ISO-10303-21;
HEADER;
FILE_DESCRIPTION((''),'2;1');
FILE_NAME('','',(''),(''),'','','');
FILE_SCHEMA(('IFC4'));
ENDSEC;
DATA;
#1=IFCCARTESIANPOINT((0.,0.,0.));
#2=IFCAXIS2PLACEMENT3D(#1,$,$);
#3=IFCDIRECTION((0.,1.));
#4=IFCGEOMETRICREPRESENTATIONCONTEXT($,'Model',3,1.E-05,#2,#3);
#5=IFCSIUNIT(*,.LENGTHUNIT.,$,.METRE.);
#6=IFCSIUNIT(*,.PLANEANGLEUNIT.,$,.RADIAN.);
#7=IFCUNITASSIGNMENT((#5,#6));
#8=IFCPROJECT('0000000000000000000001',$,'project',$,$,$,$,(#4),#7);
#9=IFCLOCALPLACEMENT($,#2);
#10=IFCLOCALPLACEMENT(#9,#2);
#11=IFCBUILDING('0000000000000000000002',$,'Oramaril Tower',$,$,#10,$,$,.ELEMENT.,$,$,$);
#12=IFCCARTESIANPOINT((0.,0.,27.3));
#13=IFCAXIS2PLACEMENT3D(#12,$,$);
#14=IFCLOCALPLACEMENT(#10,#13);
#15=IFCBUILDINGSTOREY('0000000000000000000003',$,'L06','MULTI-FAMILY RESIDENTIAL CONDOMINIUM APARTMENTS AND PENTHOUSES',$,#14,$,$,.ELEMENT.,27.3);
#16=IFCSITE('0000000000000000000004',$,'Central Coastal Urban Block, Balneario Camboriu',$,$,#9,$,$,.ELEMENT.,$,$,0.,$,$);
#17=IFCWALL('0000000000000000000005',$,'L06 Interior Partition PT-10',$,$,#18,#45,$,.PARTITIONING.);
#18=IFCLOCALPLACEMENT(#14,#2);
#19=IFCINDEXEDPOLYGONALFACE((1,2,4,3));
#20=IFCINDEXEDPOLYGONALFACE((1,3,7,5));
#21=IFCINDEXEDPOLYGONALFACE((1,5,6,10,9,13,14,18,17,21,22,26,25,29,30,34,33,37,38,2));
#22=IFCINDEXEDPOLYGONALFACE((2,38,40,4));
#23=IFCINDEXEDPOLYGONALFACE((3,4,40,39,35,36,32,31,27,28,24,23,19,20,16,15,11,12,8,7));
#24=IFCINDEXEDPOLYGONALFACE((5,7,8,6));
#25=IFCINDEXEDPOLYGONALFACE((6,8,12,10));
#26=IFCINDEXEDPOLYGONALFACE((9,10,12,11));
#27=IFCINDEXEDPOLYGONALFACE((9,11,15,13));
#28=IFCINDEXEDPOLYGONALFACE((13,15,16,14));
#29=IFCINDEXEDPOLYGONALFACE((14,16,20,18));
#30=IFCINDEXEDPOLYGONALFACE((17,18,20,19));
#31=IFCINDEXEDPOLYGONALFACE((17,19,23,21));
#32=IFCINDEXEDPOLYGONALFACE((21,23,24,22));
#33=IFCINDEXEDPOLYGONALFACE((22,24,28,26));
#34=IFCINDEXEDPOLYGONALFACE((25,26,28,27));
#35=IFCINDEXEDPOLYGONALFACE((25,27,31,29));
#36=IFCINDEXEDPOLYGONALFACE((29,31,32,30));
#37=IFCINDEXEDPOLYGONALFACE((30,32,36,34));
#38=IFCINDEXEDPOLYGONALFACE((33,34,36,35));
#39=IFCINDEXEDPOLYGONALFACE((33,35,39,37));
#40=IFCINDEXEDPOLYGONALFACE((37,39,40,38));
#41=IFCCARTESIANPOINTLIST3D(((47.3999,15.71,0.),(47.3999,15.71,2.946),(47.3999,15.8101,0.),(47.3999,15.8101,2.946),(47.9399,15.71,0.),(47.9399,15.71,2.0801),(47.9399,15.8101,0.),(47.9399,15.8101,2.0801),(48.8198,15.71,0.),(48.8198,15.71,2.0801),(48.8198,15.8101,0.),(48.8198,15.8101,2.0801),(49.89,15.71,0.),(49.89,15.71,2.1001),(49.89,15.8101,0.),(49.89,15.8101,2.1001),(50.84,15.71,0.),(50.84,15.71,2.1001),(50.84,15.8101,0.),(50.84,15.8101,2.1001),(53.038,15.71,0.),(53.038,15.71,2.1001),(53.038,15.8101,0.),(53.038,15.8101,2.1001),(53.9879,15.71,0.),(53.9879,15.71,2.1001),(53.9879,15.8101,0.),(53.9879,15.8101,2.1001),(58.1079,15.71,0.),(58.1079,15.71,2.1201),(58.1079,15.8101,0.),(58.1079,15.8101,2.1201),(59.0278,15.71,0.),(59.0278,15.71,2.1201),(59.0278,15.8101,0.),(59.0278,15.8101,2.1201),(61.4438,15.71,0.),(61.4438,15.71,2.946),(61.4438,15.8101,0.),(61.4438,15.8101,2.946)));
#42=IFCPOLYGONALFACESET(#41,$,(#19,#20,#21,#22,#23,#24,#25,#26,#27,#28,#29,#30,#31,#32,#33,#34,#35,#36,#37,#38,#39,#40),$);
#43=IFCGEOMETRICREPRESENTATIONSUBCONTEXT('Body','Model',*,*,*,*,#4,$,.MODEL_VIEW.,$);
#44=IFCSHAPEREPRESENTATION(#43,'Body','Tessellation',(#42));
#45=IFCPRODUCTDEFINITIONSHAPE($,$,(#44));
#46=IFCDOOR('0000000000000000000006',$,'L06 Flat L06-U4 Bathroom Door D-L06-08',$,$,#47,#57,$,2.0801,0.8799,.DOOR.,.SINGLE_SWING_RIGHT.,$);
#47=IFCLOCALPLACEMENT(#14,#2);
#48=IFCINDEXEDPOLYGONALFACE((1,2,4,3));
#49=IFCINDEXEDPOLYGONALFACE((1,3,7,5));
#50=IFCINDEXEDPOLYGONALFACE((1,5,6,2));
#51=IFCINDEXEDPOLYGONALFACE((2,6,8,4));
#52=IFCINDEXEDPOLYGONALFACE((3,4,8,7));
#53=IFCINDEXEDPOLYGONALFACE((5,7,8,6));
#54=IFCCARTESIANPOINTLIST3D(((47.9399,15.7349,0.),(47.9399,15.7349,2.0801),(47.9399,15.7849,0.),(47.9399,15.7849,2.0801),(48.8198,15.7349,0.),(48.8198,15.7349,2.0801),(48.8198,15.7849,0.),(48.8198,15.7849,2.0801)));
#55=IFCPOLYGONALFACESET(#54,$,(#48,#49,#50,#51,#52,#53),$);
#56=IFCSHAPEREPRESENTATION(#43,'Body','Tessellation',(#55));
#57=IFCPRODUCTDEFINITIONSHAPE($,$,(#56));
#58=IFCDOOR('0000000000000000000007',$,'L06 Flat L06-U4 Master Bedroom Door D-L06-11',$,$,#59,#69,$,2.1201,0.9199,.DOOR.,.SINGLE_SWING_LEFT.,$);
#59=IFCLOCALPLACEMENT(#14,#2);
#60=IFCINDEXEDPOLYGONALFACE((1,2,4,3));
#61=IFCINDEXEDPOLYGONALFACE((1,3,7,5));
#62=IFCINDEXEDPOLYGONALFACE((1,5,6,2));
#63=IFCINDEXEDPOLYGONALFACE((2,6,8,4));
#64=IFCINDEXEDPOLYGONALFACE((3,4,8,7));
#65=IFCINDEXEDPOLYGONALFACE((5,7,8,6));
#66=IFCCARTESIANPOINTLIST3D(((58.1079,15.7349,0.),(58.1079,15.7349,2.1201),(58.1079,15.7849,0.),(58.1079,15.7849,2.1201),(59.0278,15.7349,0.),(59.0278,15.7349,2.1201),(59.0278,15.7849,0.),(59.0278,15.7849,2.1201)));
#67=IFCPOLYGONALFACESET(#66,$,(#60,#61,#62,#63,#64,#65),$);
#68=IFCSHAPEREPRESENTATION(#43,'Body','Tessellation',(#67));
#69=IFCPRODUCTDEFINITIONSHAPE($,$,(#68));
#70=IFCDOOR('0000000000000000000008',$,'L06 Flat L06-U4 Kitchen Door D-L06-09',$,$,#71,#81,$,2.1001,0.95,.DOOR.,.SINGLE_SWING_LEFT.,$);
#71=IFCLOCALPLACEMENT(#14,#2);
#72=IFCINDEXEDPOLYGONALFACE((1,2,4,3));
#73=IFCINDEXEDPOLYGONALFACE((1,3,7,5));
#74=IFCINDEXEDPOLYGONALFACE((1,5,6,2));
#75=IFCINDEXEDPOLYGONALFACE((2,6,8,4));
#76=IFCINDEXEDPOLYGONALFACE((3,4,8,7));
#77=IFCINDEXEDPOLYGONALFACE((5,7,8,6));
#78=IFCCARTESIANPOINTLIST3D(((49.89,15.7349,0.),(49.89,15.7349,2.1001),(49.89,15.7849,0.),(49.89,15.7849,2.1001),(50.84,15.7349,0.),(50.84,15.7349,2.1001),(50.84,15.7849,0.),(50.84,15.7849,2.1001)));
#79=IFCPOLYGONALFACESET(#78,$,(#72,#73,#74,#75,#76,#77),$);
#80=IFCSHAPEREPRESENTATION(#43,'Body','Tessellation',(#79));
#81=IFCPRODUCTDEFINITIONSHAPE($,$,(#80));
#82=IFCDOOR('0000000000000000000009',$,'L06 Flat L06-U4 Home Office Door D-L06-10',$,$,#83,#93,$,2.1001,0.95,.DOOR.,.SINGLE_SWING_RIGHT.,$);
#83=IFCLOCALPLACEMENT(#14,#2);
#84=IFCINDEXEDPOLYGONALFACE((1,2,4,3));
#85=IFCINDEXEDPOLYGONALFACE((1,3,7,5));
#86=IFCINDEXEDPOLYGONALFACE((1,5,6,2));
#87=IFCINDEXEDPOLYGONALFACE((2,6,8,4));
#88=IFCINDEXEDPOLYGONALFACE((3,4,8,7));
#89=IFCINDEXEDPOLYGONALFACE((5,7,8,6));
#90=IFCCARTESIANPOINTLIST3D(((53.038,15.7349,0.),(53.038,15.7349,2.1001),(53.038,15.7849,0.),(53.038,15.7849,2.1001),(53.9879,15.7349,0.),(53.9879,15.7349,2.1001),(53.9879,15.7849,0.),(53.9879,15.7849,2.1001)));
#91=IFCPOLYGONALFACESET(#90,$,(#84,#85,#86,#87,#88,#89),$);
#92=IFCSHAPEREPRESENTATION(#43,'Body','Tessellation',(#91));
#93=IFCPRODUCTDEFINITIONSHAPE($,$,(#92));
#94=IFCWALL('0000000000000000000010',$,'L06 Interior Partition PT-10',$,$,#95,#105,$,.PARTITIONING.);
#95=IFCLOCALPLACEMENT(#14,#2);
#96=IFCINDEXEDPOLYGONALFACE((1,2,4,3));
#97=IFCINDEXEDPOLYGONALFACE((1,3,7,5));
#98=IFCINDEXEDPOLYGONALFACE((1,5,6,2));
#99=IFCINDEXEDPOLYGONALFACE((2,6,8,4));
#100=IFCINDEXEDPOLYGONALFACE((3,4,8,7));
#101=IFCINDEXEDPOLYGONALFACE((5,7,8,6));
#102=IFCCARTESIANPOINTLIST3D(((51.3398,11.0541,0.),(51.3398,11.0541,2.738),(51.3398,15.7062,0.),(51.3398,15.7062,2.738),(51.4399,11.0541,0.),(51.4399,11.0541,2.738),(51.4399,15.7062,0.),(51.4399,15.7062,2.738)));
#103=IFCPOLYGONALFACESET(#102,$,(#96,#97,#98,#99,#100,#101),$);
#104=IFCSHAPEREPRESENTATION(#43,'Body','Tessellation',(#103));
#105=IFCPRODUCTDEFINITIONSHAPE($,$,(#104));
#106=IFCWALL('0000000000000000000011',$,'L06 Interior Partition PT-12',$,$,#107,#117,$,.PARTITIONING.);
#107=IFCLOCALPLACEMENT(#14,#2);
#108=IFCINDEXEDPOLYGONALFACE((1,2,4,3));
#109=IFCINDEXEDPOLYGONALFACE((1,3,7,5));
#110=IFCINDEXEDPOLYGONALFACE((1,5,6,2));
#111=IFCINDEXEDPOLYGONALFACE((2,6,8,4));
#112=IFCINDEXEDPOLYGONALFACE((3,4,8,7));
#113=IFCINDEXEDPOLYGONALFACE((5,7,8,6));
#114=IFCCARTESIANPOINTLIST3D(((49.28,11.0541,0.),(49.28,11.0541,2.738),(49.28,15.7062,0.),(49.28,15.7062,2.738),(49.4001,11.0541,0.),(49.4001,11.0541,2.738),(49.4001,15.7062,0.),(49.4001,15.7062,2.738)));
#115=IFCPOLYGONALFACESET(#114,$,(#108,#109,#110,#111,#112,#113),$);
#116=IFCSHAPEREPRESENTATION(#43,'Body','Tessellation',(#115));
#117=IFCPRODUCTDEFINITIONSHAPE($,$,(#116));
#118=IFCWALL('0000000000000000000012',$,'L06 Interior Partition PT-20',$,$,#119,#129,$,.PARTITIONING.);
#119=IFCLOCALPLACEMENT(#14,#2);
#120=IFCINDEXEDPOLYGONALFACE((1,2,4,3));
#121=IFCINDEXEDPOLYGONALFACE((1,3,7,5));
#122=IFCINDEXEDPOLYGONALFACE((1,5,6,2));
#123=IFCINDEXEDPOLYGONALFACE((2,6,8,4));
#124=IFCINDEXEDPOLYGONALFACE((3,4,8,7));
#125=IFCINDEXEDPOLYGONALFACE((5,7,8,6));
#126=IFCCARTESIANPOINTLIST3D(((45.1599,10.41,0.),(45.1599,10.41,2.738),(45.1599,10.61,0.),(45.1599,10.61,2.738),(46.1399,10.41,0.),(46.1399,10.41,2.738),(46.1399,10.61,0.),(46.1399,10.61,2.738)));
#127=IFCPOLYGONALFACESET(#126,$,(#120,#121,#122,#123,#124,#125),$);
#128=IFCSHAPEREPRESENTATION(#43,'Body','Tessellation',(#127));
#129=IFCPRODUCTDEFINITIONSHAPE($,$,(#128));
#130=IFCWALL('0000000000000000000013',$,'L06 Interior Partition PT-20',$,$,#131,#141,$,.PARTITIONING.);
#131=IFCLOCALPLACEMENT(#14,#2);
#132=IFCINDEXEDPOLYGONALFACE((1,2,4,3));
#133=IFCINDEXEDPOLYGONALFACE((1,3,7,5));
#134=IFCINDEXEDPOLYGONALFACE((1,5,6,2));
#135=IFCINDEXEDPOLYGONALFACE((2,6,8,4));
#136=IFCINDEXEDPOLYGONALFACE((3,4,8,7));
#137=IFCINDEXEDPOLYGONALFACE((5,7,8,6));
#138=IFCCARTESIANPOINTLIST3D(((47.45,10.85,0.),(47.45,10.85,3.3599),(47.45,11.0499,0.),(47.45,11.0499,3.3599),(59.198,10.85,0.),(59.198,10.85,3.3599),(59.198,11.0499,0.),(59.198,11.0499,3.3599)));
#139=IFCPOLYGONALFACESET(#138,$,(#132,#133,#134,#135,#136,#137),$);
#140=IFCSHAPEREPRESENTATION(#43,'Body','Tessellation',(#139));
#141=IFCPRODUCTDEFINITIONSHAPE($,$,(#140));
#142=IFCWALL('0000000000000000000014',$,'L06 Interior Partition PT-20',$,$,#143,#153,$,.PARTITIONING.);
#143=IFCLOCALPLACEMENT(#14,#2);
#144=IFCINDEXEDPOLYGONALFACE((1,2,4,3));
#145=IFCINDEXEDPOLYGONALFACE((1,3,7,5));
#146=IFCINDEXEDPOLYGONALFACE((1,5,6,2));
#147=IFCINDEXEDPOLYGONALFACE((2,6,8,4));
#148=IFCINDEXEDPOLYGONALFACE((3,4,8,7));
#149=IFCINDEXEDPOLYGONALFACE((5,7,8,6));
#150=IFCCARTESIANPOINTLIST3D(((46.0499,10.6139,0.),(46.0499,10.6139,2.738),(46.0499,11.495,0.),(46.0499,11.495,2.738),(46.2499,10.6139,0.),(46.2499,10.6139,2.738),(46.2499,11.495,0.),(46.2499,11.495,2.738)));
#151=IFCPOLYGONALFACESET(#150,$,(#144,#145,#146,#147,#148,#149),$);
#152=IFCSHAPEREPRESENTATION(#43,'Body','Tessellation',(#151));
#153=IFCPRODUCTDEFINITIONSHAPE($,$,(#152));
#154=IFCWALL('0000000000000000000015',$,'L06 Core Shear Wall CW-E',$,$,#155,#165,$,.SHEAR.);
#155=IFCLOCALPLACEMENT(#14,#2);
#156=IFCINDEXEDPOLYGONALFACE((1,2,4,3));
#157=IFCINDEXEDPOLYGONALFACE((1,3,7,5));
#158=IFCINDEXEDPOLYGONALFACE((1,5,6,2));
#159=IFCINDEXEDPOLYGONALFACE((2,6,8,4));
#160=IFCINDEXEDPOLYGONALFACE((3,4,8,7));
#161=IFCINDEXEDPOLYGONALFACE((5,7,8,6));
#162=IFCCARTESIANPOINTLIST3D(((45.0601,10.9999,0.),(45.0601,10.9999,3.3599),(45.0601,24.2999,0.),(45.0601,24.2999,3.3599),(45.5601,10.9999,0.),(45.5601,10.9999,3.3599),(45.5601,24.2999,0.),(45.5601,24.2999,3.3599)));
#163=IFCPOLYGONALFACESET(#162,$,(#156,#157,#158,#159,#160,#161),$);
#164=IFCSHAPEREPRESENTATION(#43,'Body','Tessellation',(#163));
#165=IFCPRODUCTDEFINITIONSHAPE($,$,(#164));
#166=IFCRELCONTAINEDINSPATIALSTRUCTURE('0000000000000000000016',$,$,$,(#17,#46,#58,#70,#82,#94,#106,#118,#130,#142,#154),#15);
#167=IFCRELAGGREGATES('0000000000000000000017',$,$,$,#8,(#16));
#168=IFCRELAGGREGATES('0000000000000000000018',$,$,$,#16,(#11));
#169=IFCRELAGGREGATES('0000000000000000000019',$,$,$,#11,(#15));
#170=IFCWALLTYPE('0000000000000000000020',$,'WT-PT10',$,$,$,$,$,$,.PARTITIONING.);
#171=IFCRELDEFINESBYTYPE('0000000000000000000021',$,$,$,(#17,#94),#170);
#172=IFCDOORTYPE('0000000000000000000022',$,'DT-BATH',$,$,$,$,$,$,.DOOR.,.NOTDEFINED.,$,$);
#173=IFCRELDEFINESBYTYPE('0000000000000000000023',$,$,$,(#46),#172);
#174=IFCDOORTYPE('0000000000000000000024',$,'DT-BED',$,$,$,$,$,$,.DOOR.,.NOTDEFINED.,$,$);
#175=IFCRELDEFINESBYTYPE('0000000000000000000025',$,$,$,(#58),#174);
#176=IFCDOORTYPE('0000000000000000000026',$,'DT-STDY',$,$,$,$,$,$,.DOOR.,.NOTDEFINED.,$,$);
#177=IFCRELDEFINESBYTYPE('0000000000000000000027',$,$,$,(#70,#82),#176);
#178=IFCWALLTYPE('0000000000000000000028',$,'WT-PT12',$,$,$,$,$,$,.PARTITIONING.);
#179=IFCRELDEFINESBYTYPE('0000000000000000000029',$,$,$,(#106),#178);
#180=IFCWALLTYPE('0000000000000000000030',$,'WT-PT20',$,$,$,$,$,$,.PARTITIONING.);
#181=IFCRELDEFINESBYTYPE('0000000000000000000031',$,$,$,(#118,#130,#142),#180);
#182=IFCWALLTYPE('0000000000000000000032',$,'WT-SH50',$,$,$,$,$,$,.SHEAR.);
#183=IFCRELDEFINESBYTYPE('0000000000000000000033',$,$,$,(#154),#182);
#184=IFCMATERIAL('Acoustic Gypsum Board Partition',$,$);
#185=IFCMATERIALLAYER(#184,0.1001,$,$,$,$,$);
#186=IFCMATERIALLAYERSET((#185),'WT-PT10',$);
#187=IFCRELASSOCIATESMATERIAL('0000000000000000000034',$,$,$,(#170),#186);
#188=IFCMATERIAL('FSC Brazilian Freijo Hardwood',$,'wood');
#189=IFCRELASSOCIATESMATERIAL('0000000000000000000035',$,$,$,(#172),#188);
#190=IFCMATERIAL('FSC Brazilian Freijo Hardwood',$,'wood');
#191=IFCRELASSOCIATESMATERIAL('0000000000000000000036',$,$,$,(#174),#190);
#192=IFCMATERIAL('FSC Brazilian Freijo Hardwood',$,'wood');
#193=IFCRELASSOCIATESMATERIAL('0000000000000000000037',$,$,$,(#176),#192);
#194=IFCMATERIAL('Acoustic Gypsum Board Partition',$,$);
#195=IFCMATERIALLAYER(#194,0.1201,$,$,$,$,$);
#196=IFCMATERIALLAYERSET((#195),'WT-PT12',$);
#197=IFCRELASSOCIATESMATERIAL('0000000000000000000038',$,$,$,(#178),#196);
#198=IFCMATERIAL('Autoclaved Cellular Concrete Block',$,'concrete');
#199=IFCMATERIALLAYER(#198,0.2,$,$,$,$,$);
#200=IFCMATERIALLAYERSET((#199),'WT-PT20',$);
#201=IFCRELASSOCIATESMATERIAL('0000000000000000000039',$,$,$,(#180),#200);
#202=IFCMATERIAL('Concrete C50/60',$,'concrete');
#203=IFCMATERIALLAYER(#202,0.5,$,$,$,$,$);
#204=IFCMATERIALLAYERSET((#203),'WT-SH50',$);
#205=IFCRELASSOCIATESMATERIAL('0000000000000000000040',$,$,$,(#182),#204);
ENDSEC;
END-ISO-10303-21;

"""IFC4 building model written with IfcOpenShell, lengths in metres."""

from ifc_helpers import new_model, si_unit, direction, frame, frame_2d, origin, place, context, subcontext, project, spatial, rectangle, extrude, material, layer, layer_set, type_object, element, fill, save


model = new_model("IFC4")

# Units and contexts
model_context = context("Model", 3, precision=1e-05, world=origin(), true_north=direction((0.0, 1.0)))
body_context = subcontext(model_context, "Body", "Model", "MODEL_VIEW")
ifc_project = project(units=[si_unit("LENGTHUNIT", "METRE"), si_unit("PLANEANGLEUNIT", "RADIAN")], contexts=[model_context])

# Site, building, storey
site_placement = place(None, origin())
site = spatial("IfcSite", under=ifc_project, at=site_placement, Name="Central Coastal Urban Block, Balneario Camboriu", CompositionType="ELEMENT", RefElevation=0.0)
building_placement = place(site_placement, origin())
building = spatial("IfcBuilding", under=site, at=building_placement, Name="Oramaril Tower", CompositionType="ELEMENT")
storey_placement = place(building_placement, frame((0.0, 0.0, 27.3)))
storey = spatial("IfcBuildingStorey", under=building, at=storey_placement, Name="L06", Description="MULTI-FAMILY RESIDENTIAL CONDOMINIUM APARTMENTS AND PENTHOUSES", CompositionType="ELEMENT", Elevation=27.3)

# Wall, openings, doors
ifc_material_1 = material(Name="Acoustic Gypsum Board Partition")
ifc_layer_1 = layer(ifc_material_1, 0.1001)
ifc_layer_set_1 = layer_set([ifc_layer_1], Name="WT-PT10")
wall_type_1 = type_object("IfcWallType", Name="WT-PT10", PredefinedType="PARTITIONING", material=ifc_layer_set_1)
wall_1_placement = place(storey_placement, frame((47.3999, 15.76, 0.0), z_axis=(0.0, 0.0, 1.0), x_axis=(1.0, 0.0, 0.0)))
wall_1 = element("IfcWall", 1, at=wall_1_placement, inside=storey, type_object=wall_type_1, Name="L06 Interior Partition PT-10", PredefinedType="PARTITIONING", context=body_context, shape_type="SweptSolid", body=[
    extrude(rectangle(XDim=14.0439, YDim=0.1001, at=frame_2d((7.022, 0.0))), origin(), (0.0, 0.0, 1.0), 2.946),
])
opening_1_placement = place(wall_1_placement, frame((0.54, 0.0, 0.0)))
opening_1 = element("IfcOpeningElement", 2, at=opening_1_placement, cuts=wall_1, PredefinedType="OPENING", context=body_context, shape_type="SweptSolid", body=[
    extrude(rectangle(XDim=0.8799, YDim=2.0801, at=frame_2d((0.4399, 1.04))), frame((0.0, 0.05, 0.0), z_axis=(0.0, -1.0, 0.0), x_axis=(1.0, 0.0, 0.0)), (0.0, 0.0, 1.0), 0.1001),
])
opening_2_placement = place(wall_1_placement, frame((2.49, 0.0, 0.0)))
opening_2 = element("IfcOpeningElement", 3, at=opening_2_placement, cuts=wall_1, PredefinedType="OPENING", context=body_context, shape_type="SweptSolid", body=[
    extrude(rectangle(XDim=0.95, YDim=2.1001, at=frame_2d((0.4751, 1.05))), frame((0.0, 0.05, 0.0), z_axis=(0.0, -1.0, 0.0), x_axis=(1.0, 0.0, 0.0)), (0.0, 0.0, 1.0), 0.1001),
])
opening_3_placement = place(wall_1_placement, frame((5.6379, 0.0, 0.0)))
opening_3 = element("IfcOpeningElement", 4, at=opening_3_placement, cuts=wall_1, PredefinedType="OPENING", context=body_context, shape_type="SweptSolid", body=[
    extrude(rectangle(XDim=0.95, YDim=2.1001, at=frame_2d((0.4751, 1.05))), frame((0.0, 0.05, 0.0), z_axis=(0.0, -1.0, 0.0), x_axis=(1.0, 0.0, 0.0)), (0.0, 0.0, 1.0), 0.1001),
])
opening_4_placement = place(wall_1_placement, frame((10.708, 0.0, 0.0)))
opening_4 = element("IfcOpeningElement", 5, at=opening_4_placement, cuts=wall_1, PredefinedType="OPENING", context=body_context, shape_type="SweptSolid", body=[
    extrude(rectangle(XDim=0.9199, YDim=2.1201, at=frame_2d((0.46, 1.0601))), frame((0.0, 0.05, 0.0), z_axis=(0.0, -1.0, 0.0), x_axis=(1.0, 0.0, 0.0)), (0.0, 0.0, 1.0), 0.1001),
])
ifc_material_2 = material(Name="FSC Brazilian Freijo Hardwood", Category="wood")
door_type_1 = type_object("IfcDoorType", Name="DT-BATH", OperationType="NOTDEFINED", PredefinedType="DOOR", material=ifc_material_2)
door_1_placement = place(opening_1_placement, origin())
door_1 = element("IfcDoor", 6, at=door_1_placement, inside=storey, type_object=door_type_1, Name="L06 Flat L06-U4 Bathroom Door D-L06-08", OperationType="SINGLE_SWING_RIGHT", OverallHeight=2.0801, OverallWidth=0.8799, PredefinedType="DOOR", context=body_context, shape_type="SweptSolid", body=[
    extrude(rectangle(XDim=0.8799, YDim=2.0801, at=frame_2d((0.4399, 1.04))), frame((0.0, 0.0249, 0.0), z_axis=(0.0, -1.0, 0.0), x_axis=(1.0, 0.0, 0.0)), (0.0, 0.0, 1.0), 0.05),
])
fill(opening_1, door_1)
ifc_material_3 = material(Name="FSC Brazilian Freijo Hardwood", Category="wood")
door_type_2 = type_object("IfcDoorType", Name="DT-BED", OperationType="NOTDEFINED", PredefinedType="DOOR", material=ifc_material_3)
door_2_placement = place(opening_4_placement, origin())
door_2 = element("IfcDoor", 7, at=door_2_placement, inside=storey, type_object=door_type_2, Name="L06 Flat L06-U4 Master Bedroom Door D-L06-11", OperationType="SINGLE_SWING_LEFT", OverallHeight=2.1201, OverallWidth=0.9199, PredefinedType="DOOR", context=body_context, shape_type="SweptSolid", body=[
    extrude(rectangle(XDim=0.9199, YDim=2.1201, at=frame_2d((0.46, 1.0601))), frame((0.0, 0.0249, 0.0), z_axis=(0.0, -1.0, 0.0), x_axis=(1.0, 0.0, 0.0)), (0.0, 0.0, 1.0), 0.05),
])
fill(opening_4, door_2)
ifc_material_4 = material(Name="FSC Brazilian Freijo Hardwood", Category="wood")
door_type_3 = type_object("IfcDoorType", Name="DT-STDY", OperationType="NOTDEFINED", PredefinedType="DOOR", material=ifc_material_4)
door_3_placement = place(opening_2_placement, origin())
door_3 = element("IfcDoor", 8, at=door_3_placement, inside=storey, type_object=door_type_3, Name="L06 Flat L06-U4 Kitchen Door D-L06-09", OperationType="SINGLE_SWING_LEFT", OverallHeight=2.1001, OverallWidth=0.95, PredefinedType="DOOR", context=body_context, shape_type="SweptSolid", body=[
    extrude(rectangle(XDim=0.95, YDim=2.1001, at=frame_2d((0.4751, 1.05))), frame((0.0, 0.0249, 0.0), z_axis=(0.0, -1.0, 0.0), x_axis=(1.0, 0.0, 0.0)), (0.0, 0.0, 1.0), 0.05),
])
fill(opening_2, door_3)
door_4_placement = place(opening_3_placement, origin())
door_4 = element("IfcDoor", 9, at=door_4_placement, inside=storey, type_object=door_type_3, Name="L06 Flat L06-U4 Home Office Door D-L06-10", OperationType="SINGLE_SWING_RIGHT", OverallHeight=2.1001, OverallWidth=0.95, PredefinedType="DOOR", context=body_context, shape_type="SweptSolid", body=[
    extrude(rectangle(XDim=0.95, YDim=2.1001, at=frame_2d((0.4751, 1.05))), frame((0.0, 0.0249, 0.0), z_axis=(0.0, -1.0, 0.0), x_axis=(1.0, 0.0, 0.0)), (0.0, 0.0, 1.0), 0.05),
])
fill(opening_3, door_4)

# Walls
wall_2_placement = place(storey_placement, frame((51.3899, 11.054, 0.0), z_axis=(0.0, 0.0, 1.0), x_axis=(0.0, 1.0, 0.0)))
element("IfcWall", 10, at=wall_2_placement, inside=storey, type_object=wall_type_1, Name="L06 Interior Partition PT-10", PredefinedType="PARTITIONING", context=body_context, shape_type="SweptSolid", body=[
    extrude(rectangle(XDim=4.6521, YDim=0.1001, at=frame_2d((2.3262, 0.0))), origin(), (0.0, 0.0, 1.0), 2.738),
])
ifc_material_5 = material(Name="Acoustic Gypsum Board Partition")
ifc_layer_2 = layer(ifc_material_5, 0.1201)
ifc_layer_set_2 = layer_set([ifc_layer_2], Name="WT-PT12")
wall_type_2 = type_object("IfcWallType", Name="WT-PT12", PredefinedType="PARTITIONING", material=ifc_layer_set_2)
wall_3_placement = place(storey_placement, frame((49.3401, 11.054, 0.0), z_axis=(0.0, 0.0, 1.0), x_axis=(0.0, 1.0, 0.0)))
element("IfcWall", 11, at=wall_3_placement, inside=storey, type_object=wall_type_2, Name="L06 Interior Partition PT-12", PredefinedType="PARTITIONING", context=body_context, shape_type="SweptSolid", body=[
    extrude(rectangle(XDim=4.6521, YDim=0.1201, at=frame_2d((2.3262, 0.0))), origin(), (0.0, 0.0, 1.0), 2.738),
])
ifc_material_6 = material(Name="Autoclaved Cellular Concrete Block", Category="concrete")
ifc_layer_3 = layer(ifc_material_6, 0.2)
ifc_layer_set_3 = layer_set([ifc_layer_3], Name="WT-PT20")
wall_type_3 = type_object("IfcWallType", Name="WT-PT20", PredefinedType="PARTITIONING", material=ifc_layer_set_3)
wall_4_placement = place(storey_placement, frame((45.1599, 10.51, 0.0), z_axis=(0.0, 0.0, 1.0), x_axis=(1.0, 0.0, 0.0)))
element("IfcWall", 12, at=wall_4_placement, inside=storey, type_object=wall_type_3, Name="L06 Interior Partition PT-20", PredefinedType="PARTITIONING", context=body_context, shape_type="SweptSolid", body=[
    extrude(rectangle(XDim=0.98, YDim=0.2, at=frame_2d((0.49, 0.0))), origin(), (0.0, 0.0, 1.0), 2.738),
])
wall_5_placement = place(storey_placement, frame((47.45, 10.95, 0.0), z_axis=(0.0, 0.0, 1.0), x_axis=(1.0, 0.0, 0.0)))
element("IfcWall", 13, at=wall_5_placement, inside=storey, type_object=wall_type_3, Name="L06 Interior Partition PT-20", PredefinedType="PARTITIONING", context=body_context, shape_type="SweptSolid", body=[
    extrude(rectangle(XDim=11.748, YDim=0.2, at=frame_2d((5.874, 0.0))), origin(), (0.0, 0.0, 1.0), 3.3599),
])
wall_6_placement = place(storey_placement, frame((46.1499, 10.614, 0.0), z_axis=(0.0, 0.0, 1.0), x_axis=(0.0, 1.0, 0.0)))
element("IfcWall", 14, at=wall_6_placement, inside=storey, type_object=wall_type_3, Name="L06 Interior Partition PT-20", PredefinedType="PARTITIONING", context=body_context, shape_type="SweptSolid", body=[
    extrude(rectangle(XDim=0.8811, YDim=0.2, at=frame_2d((0.4404, 0.0))), origin(), (0.0, 0.0, 1.0), 2.738),
])

# Wall
ifc_material_7 = material(Name="Concrete C50/60", Category="concrete")
ifc_layer_4 = layer(ifc_material_7, 0.5)
ifc_layer_set_4 = layer_set([ifc_layer_4], Name="WT-SH50")
wall_type_4 = type_object("IfcWallType", Name="WT-SH50", PredefinedType="SHEAR", material=ifc_layer_set_4)
wall_7_placement = place(storey_placement, frame((45.3101, 11.0, 0.0), z_axis=(0.0, 0.0, 1.0), x_axis=(0.0, 1.0, 0.0)))
element("IfcWall", 15, at=wall_7_placement, inside=storey, type_object=wall_type_4, Name="L06 Core Shear Wall CW-E", PredefinedType="SHEAR", context=body_context, shape_type="SweptSolid", body=[
    extrude(rectangle(XDim=13.3, YDim=0.5, at=frame_2d((6.6499, 0.0))), origin(), (0.0, 0.0, 1.0), 3.3599),
])

save(model, "model.ifc")
